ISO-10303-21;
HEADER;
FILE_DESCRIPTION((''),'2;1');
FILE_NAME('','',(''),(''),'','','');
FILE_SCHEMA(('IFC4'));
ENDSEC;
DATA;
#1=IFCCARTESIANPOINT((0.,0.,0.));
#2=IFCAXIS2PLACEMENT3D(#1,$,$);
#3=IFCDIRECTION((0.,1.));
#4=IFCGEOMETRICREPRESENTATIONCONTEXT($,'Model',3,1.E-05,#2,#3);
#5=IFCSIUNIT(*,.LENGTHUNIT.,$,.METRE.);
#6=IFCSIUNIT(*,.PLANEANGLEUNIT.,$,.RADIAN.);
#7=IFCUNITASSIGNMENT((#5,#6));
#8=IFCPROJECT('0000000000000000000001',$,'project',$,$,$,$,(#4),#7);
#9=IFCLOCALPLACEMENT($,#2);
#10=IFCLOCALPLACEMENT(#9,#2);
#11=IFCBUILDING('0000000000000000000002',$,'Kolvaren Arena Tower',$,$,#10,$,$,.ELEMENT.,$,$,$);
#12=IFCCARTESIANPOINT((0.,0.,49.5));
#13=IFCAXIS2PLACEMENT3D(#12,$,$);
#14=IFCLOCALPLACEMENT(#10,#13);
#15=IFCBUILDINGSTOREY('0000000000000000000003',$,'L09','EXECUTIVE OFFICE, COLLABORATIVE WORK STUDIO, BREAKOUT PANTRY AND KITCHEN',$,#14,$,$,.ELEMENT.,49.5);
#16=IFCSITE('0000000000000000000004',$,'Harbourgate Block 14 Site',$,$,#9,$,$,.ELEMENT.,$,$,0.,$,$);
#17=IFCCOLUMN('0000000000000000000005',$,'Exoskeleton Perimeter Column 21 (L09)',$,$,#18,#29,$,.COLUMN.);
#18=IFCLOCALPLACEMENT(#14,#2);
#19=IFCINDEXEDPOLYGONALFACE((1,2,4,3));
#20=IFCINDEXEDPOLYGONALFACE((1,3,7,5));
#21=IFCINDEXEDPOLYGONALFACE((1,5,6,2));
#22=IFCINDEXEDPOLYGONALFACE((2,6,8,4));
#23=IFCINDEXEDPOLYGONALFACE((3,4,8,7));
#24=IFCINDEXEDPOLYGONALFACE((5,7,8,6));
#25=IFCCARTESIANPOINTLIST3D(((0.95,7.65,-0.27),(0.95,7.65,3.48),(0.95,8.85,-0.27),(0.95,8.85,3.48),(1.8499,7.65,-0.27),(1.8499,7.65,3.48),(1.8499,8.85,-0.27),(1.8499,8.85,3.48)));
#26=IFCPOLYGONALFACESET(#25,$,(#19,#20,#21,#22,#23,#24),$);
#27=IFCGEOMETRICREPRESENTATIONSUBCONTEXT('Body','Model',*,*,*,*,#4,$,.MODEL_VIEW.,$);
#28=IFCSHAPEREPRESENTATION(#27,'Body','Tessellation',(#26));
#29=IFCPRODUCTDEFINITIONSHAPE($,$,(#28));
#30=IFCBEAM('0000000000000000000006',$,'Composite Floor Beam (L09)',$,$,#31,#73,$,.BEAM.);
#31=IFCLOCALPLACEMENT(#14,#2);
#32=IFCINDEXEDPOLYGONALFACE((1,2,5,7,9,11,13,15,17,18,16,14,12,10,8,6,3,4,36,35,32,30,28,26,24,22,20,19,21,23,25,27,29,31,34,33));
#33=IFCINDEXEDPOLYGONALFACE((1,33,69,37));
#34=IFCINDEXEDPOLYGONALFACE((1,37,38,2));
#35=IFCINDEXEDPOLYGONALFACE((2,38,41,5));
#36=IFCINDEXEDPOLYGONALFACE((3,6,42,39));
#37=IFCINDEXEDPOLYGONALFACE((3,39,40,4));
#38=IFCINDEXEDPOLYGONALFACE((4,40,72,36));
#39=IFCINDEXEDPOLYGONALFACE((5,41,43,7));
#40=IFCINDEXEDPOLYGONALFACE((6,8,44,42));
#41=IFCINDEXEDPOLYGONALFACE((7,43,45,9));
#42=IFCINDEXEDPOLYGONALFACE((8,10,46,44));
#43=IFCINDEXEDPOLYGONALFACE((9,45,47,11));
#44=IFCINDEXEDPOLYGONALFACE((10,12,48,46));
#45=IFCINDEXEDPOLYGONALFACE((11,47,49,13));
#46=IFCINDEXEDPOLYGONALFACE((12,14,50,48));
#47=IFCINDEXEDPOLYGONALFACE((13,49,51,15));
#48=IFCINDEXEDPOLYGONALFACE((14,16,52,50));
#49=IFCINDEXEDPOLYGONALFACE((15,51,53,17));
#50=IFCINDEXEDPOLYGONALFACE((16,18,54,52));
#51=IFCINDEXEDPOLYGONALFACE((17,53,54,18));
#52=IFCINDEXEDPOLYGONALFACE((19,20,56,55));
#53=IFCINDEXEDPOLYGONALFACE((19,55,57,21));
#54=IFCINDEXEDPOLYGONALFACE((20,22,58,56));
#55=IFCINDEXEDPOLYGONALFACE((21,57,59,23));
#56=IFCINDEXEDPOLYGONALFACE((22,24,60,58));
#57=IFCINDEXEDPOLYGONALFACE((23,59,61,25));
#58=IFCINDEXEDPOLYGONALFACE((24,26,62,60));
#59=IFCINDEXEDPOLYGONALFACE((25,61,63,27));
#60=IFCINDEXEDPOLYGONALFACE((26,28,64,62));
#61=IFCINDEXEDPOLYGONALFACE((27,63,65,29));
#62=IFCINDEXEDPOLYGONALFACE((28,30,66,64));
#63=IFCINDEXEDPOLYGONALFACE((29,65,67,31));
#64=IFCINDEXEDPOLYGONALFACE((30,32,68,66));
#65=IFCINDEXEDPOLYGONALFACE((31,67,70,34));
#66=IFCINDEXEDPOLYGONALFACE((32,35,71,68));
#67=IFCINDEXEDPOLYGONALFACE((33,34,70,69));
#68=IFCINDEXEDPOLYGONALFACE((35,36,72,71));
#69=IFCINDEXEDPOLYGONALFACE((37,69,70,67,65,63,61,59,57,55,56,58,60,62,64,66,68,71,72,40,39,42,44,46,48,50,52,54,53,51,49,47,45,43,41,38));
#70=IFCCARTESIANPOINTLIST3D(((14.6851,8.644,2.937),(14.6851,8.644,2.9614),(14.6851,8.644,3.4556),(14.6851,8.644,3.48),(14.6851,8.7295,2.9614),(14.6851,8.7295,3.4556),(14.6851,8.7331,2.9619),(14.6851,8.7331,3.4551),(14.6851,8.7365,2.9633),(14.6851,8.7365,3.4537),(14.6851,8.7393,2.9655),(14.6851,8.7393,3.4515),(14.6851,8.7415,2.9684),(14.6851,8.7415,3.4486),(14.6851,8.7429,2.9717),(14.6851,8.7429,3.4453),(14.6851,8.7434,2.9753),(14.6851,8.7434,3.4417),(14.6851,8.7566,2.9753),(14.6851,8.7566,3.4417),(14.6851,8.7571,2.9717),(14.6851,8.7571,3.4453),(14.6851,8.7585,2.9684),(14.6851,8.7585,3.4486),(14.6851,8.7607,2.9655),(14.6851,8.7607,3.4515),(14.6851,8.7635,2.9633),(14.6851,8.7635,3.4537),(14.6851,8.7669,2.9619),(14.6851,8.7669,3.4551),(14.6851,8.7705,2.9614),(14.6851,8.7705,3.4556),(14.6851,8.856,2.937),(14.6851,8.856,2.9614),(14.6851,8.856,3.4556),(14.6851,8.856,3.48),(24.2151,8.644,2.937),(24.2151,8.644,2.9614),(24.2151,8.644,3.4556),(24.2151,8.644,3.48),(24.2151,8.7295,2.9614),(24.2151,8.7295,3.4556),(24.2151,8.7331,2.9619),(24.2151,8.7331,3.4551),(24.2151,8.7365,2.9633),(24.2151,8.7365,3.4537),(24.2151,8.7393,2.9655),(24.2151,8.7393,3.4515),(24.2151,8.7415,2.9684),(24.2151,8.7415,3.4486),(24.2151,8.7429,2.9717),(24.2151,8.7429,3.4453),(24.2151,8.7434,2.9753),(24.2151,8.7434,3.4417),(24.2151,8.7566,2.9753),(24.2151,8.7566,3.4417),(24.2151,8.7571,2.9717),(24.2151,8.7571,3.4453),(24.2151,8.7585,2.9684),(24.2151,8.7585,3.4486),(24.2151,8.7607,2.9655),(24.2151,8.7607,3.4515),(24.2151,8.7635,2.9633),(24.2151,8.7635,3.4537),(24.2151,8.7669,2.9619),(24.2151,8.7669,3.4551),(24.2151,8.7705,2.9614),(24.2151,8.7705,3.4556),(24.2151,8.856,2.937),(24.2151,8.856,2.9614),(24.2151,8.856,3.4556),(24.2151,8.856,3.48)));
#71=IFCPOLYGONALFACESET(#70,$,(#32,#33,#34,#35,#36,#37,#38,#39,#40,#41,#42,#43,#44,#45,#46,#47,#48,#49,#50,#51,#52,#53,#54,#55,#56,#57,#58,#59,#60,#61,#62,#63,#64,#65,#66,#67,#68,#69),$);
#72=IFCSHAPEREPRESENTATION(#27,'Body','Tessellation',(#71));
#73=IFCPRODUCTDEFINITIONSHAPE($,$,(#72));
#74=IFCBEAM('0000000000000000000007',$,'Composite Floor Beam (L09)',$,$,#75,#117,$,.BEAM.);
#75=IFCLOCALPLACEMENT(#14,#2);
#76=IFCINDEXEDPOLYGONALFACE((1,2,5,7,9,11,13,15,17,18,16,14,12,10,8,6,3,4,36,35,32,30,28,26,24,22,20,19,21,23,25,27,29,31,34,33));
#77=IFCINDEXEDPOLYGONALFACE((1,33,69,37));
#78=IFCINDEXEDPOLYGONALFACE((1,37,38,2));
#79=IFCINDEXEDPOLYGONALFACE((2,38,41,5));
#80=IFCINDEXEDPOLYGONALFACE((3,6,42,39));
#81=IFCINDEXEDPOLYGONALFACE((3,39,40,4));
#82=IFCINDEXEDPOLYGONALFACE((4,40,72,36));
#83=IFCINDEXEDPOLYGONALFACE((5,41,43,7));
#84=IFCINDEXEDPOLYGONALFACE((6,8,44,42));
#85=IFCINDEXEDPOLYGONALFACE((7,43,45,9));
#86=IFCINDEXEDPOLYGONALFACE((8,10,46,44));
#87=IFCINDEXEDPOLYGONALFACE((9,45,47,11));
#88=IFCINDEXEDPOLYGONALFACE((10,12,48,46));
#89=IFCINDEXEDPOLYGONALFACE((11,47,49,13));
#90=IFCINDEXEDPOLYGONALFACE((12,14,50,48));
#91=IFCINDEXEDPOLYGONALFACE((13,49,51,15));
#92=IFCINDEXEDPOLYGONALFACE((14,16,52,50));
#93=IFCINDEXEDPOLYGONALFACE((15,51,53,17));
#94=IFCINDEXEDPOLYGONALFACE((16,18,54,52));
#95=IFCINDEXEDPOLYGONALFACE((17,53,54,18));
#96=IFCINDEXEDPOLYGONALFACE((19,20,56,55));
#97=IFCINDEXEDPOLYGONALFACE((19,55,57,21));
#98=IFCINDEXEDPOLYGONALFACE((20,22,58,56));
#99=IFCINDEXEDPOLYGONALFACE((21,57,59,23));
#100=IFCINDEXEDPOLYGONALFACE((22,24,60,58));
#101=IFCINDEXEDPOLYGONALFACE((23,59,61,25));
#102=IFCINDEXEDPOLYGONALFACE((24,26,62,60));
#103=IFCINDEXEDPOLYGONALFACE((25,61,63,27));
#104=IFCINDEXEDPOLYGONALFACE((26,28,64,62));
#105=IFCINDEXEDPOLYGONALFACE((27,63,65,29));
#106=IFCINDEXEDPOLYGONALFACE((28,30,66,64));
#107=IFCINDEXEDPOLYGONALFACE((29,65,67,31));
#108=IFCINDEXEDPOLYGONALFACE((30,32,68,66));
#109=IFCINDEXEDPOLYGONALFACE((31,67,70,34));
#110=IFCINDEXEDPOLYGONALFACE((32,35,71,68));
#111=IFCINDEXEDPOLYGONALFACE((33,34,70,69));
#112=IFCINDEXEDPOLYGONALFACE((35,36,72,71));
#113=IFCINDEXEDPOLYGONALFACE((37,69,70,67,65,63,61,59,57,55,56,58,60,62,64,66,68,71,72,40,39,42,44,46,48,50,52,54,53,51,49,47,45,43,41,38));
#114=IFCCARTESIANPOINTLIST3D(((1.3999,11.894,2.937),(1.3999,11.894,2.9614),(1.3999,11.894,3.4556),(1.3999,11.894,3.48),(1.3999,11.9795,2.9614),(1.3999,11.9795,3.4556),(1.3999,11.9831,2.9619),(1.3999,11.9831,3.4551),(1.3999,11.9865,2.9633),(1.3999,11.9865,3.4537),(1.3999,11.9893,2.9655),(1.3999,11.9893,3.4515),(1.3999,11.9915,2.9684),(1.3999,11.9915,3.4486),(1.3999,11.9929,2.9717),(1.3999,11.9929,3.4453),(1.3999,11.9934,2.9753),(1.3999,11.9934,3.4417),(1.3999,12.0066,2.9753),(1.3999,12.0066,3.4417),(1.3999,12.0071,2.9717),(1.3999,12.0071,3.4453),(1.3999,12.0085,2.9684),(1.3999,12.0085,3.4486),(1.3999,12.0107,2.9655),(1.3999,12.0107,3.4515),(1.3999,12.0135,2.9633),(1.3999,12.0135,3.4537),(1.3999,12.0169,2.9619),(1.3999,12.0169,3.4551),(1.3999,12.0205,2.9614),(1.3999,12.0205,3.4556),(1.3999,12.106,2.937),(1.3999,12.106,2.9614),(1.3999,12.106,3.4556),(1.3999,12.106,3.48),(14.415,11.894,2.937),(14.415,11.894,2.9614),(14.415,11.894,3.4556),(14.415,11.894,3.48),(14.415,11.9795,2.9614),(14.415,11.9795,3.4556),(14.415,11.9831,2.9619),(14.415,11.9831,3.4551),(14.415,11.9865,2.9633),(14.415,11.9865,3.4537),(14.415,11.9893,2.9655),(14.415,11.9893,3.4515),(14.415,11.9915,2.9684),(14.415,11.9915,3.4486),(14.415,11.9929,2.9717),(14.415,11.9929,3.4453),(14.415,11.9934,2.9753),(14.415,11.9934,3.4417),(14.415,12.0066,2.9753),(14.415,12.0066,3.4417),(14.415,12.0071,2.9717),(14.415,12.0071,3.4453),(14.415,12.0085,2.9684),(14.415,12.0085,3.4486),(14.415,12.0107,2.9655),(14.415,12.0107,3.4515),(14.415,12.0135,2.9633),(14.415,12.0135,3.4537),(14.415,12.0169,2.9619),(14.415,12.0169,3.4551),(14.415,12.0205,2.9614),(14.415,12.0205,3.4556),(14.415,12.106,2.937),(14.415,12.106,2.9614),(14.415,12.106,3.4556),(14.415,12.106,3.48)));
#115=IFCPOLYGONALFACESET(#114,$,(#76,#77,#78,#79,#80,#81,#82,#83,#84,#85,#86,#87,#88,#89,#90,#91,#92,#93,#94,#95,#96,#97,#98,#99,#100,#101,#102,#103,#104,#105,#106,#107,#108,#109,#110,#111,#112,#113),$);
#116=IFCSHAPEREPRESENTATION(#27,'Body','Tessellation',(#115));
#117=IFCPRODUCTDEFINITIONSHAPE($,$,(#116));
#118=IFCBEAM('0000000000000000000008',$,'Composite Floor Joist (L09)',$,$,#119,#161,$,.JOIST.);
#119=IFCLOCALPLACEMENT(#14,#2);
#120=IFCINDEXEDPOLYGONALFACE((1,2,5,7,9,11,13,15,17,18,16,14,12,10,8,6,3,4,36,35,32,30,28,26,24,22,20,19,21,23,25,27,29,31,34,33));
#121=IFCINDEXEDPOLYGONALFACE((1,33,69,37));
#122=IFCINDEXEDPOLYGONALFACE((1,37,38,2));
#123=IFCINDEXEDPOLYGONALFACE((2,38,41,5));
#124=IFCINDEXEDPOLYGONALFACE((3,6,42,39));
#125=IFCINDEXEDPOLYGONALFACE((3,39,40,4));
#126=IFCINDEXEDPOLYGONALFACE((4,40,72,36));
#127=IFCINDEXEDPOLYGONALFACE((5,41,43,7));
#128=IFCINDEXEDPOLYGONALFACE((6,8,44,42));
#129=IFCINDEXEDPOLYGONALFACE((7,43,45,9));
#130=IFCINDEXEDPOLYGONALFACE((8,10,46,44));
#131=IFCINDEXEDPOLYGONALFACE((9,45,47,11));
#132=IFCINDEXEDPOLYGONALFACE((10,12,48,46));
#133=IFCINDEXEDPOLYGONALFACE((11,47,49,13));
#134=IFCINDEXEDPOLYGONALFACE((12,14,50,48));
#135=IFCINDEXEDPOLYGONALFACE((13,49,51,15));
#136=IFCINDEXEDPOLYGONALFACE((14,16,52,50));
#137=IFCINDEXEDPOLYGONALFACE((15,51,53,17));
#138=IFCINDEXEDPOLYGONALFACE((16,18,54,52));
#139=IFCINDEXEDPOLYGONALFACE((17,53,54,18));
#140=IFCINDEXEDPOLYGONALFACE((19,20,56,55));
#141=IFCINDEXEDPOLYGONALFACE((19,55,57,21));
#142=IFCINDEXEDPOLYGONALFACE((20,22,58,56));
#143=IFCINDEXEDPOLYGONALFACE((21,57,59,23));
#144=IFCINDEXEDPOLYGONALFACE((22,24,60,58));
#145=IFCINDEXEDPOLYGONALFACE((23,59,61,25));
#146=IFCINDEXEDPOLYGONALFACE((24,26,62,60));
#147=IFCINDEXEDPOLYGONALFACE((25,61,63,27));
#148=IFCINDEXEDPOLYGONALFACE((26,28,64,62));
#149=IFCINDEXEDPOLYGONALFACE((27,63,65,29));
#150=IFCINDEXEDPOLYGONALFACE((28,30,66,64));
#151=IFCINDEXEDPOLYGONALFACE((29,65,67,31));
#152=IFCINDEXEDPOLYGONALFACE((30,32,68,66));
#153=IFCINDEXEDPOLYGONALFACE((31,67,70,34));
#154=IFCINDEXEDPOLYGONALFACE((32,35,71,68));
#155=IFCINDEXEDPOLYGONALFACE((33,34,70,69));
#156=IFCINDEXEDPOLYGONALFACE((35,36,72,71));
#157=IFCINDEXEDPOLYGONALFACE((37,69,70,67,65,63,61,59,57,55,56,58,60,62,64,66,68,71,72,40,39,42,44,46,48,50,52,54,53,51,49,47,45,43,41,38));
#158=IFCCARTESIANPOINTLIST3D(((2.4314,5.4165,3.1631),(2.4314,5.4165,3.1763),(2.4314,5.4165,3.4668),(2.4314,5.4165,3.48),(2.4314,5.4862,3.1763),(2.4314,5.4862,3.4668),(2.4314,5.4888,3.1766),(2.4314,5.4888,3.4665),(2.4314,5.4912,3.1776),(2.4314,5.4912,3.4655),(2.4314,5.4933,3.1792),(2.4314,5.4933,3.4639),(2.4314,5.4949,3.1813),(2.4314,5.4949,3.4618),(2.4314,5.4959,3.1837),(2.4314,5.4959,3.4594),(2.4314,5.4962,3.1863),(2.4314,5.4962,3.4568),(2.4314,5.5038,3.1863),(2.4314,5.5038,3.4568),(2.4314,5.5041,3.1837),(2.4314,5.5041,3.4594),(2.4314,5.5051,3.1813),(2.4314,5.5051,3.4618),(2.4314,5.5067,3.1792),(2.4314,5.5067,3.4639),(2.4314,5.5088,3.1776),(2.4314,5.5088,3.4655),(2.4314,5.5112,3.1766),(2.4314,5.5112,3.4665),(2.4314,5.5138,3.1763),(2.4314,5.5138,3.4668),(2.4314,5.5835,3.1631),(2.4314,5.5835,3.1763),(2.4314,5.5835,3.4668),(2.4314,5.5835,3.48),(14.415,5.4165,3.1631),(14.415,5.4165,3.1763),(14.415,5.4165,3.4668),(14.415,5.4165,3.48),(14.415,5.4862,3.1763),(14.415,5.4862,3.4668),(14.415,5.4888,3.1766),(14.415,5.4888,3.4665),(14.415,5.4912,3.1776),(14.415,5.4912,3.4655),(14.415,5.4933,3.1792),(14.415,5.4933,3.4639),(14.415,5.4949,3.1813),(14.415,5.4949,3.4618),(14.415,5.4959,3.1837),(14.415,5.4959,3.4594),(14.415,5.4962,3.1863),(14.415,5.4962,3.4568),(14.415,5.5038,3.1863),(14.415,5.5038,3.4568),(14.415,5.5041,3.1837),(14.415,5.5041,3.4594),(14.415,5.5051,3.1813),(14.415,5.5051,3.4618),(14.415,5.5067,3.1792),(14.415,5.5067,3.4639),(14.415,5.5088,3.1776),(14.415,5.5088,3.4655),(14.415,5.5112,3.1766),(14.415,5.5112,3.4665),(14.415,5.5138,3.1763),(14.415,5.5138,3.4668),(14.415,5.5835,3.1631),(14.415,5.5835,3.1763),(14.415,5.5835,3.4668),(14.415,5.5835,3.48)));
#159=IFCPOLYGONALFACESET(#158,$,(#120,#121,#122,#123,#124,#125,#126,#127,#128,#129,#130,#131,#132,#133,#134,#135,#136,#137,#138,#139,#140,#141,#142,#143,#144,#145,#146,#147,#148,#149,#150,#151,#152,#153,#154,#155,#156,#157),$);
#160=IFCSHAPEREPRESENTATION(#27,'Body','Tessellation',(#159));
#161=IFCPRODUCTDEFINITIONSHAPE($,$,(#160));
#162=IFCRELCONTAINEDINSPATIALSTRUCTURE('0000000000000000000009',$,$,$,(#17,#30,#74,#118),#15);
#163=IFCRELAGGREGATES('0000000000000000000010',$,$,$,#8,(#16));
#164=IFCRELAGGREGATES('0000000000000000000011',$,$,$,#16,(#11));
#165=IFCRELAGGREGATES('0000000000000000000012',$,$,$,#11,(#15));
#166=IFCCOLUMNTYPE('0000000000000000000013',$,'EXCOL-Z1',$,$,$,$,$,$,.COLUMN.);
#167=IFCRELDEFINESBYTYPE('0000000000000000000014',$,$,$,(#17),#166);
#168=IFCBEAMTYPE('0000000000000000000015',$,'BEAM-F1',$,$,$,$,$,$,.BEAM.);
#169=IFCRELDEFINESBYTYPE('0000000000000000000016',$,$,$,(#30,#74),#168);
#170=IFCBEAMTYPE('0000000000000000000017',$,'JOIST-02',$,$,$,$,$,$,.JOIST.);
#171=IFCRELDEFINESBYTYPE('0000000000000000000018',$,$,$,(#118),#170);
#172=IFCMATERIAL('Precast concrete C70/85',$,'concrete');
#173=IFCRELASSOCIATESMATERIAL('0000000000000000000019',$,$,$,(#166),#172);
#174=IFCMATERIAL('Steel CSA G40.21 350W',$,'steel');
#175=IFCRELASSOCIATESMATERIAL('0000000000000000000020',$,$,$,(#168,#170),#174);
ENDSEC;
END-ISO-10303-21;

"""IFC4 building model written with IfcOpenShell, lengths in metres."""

from ifc_helpers import new_model, si_unit, direction, frame, origin, origin_2d, place, context, subcontext, project, spatial, rectangle, i_section, extrude, material, material_profile, profile_set, type_object, element, save


model = new_model("IFC4")

# Units and contexts
model_context = context("Model", 3, precision=1e-05, world=origin(), true_north=direction((0.0, 1.0)))
body_context = subcontext(model_context, "Body", "Model", "MODEL_VIEW")
ifc_project = project(units=[si_unit("LENGTHUNIT", "METRE"), si_unit("PLANEANGLEUNIT", "RADIAN")], contexts=[model_context])

# Site, building, storey
site_placement = place(None, origin())
site = spatial("IfcSite", under=ifc_project, at=site_placement, Name="Harbourgate Block 14 Site", CompositionType="ELEMENT", RefElevation=0.0)
building_placement = place(site_placement, origin())
building = spatial("IfcBuilding", under=site, at=building_placement, Name="Kolvaren Arena Tower", CompositionType="ELEMENT")
storey_placement = place(building_placement, frame((0.0, 0.0, 49.5)))
storey = spatial("IfcBuildingStorey", under=building, at=storey_placement, Name="L09", Description="EXECUTIVE OFFICE, COLLABORATIVE WORK STUDIO, BREAKOUT PANTRY AND KITCHEN", CompositionType="ELEMENT", Elevation=49.5)

# Column
ifc_material_1 = material(Name="Precast concrete C70/85", Category="concrete")
ifc_material_profile_1 = material_profile(ifc_material_1, rectangle(XDim=1.2, YDim=0.8999, at=origin_2d()), Name="RC-1200x900")
ifc_profile_set_1 = profile_set([ifc_material_profile_1], Name="Precast concrete C70/85")
column_type = type_object("IfcColumnType", Name="EXCOL-Z1", PredefinedType="COLUMN", material=ifc_profile_set_1)
column_placement = place(storey_placement, frame((1.3999, 8.25, -0.27), z_axis=(0.0, 0.0, 1.0), x_axis=(0.0, 1.0, 0.0)))
element("IfcColumn", 1, at=column_placement, inside=storey, type_object=column_type, Name="Exoskeleton Perimeter Column 21 (L09)", PredefinedType="COLUMN", context=body_context, shape_type="SweptSolid", body=[
    extrude(rectangle(XDim=1.2, YDim=0.8999, at=origin_2d()), origin(), (0.0, 0.0, 1.0), 3.75),
])

# Beams
ifc_material_2 = material(Name="Steel CSA G40.21 350W", Category="steel")
ifc_material_profile_2 = material_profile(ifc_material_2, i_section(OverallWidth=0.2119, OverallDepth=0.543, WebThickness=0.0132, FlangeThickness=0.0244, FilletRadius=0.0139, at=origin_2d()), Name="W530x150")
ifc_profile_set_2 = profile_set([ifc_material_profile_2], Name="Steel CSA G40.21 350W")
beam_type_1 = type_object("IfcBeamType", Name="BEAM-F1", PredefinedType="BEAM", material=ifc_profile_set_2)
beam_1_placement = place(storey_placement, frame((14.6851, 8.75, 3.2085), z_axis=(1.0, 0.0, 0.0), x_axis=(0.0, 1.0, 0.0)))
element("IfcBeam", 2, at=beam_1_placement, inside=storey, type_object=beam_type_1, Name="Composite Floor Beam (L09)", PredefinedType="BEAM", context=body_context, shape_type="SweptSolid", body=[
    extrude(i_section(OverallWidth=0.2119, OverallDepth=0.543, WebThickness=0.0132, FlangeThickness=0.0244, FilletRadius=0.0139, at=origin_2d()), origin(), (0.0, 0.0, 1.0), 9.53),
])
beam_2_placement = place(storey_placement, frame((1.3999, 12.0, 3.2085), z_axis=(1.0, 0.0, 0.0), x_axis=(0.0, 1.0, 0.0)))
element("IfcBeam", 3, at=beam_2_placement, inside=storey, type_object=beam_type_1, Name="Composite Floor Beam (L09)", PredefinedType="BEAM", context=body_context, shape_type="SweptSolid", body=[
    extrude(i_section(OverallWidth=0.2119, OverallDepth=0.543, WebThickness=0.0132, FlangeThickness=0.0244, FilletRadius=0.0139, at=origin_2d()), origin(), (0.0, 0.0, 1.0), 13.0151),
])
ifc_material_profile_3 = material_profile(ifc_material_2, i_section(OverallWidth=0.167, OverallDepth=0.3169, WebThickness=0.0076, FlangeThickness=0.0132, FilletRadius=0.01, at=origin_2d()), Name="W310x52")
ifc_profile_set_3 = profile_set([ifc_material_profile_3], Name="Steel CSA G40.21 350W")
beam_type_2 = type_object("IfcBeamType", Name="JOIST-02", PredefinedType="JOIST", material=ifc_profile_set_3)
beam_3_placement = place(storey_placement, frame((2.4314, 5.5, 3.3215), z_axis=(1.0, 0.0, 0.0), x_axis=(0.0, 1.0, 0.0)))
element("IfcBeam", 4, at=beam_3_placement, inside=storey, type_object=beam_type_2, Name="Composite Floor Joist (L09)", PredefinedType="JOIST", context=body_context, shape_type="SweptSolid", body=[
    extrude(i_section(OverallWidth=0.167, OverallDepth=0.3169, WebThickness=0.0076, FlangeThickness=0.0132, FilletRadius=0.01, at=origin_2d()), origin(), (0.0, 0.0, 1.0), 11.9836),
])

save(model, "model.ifc")
